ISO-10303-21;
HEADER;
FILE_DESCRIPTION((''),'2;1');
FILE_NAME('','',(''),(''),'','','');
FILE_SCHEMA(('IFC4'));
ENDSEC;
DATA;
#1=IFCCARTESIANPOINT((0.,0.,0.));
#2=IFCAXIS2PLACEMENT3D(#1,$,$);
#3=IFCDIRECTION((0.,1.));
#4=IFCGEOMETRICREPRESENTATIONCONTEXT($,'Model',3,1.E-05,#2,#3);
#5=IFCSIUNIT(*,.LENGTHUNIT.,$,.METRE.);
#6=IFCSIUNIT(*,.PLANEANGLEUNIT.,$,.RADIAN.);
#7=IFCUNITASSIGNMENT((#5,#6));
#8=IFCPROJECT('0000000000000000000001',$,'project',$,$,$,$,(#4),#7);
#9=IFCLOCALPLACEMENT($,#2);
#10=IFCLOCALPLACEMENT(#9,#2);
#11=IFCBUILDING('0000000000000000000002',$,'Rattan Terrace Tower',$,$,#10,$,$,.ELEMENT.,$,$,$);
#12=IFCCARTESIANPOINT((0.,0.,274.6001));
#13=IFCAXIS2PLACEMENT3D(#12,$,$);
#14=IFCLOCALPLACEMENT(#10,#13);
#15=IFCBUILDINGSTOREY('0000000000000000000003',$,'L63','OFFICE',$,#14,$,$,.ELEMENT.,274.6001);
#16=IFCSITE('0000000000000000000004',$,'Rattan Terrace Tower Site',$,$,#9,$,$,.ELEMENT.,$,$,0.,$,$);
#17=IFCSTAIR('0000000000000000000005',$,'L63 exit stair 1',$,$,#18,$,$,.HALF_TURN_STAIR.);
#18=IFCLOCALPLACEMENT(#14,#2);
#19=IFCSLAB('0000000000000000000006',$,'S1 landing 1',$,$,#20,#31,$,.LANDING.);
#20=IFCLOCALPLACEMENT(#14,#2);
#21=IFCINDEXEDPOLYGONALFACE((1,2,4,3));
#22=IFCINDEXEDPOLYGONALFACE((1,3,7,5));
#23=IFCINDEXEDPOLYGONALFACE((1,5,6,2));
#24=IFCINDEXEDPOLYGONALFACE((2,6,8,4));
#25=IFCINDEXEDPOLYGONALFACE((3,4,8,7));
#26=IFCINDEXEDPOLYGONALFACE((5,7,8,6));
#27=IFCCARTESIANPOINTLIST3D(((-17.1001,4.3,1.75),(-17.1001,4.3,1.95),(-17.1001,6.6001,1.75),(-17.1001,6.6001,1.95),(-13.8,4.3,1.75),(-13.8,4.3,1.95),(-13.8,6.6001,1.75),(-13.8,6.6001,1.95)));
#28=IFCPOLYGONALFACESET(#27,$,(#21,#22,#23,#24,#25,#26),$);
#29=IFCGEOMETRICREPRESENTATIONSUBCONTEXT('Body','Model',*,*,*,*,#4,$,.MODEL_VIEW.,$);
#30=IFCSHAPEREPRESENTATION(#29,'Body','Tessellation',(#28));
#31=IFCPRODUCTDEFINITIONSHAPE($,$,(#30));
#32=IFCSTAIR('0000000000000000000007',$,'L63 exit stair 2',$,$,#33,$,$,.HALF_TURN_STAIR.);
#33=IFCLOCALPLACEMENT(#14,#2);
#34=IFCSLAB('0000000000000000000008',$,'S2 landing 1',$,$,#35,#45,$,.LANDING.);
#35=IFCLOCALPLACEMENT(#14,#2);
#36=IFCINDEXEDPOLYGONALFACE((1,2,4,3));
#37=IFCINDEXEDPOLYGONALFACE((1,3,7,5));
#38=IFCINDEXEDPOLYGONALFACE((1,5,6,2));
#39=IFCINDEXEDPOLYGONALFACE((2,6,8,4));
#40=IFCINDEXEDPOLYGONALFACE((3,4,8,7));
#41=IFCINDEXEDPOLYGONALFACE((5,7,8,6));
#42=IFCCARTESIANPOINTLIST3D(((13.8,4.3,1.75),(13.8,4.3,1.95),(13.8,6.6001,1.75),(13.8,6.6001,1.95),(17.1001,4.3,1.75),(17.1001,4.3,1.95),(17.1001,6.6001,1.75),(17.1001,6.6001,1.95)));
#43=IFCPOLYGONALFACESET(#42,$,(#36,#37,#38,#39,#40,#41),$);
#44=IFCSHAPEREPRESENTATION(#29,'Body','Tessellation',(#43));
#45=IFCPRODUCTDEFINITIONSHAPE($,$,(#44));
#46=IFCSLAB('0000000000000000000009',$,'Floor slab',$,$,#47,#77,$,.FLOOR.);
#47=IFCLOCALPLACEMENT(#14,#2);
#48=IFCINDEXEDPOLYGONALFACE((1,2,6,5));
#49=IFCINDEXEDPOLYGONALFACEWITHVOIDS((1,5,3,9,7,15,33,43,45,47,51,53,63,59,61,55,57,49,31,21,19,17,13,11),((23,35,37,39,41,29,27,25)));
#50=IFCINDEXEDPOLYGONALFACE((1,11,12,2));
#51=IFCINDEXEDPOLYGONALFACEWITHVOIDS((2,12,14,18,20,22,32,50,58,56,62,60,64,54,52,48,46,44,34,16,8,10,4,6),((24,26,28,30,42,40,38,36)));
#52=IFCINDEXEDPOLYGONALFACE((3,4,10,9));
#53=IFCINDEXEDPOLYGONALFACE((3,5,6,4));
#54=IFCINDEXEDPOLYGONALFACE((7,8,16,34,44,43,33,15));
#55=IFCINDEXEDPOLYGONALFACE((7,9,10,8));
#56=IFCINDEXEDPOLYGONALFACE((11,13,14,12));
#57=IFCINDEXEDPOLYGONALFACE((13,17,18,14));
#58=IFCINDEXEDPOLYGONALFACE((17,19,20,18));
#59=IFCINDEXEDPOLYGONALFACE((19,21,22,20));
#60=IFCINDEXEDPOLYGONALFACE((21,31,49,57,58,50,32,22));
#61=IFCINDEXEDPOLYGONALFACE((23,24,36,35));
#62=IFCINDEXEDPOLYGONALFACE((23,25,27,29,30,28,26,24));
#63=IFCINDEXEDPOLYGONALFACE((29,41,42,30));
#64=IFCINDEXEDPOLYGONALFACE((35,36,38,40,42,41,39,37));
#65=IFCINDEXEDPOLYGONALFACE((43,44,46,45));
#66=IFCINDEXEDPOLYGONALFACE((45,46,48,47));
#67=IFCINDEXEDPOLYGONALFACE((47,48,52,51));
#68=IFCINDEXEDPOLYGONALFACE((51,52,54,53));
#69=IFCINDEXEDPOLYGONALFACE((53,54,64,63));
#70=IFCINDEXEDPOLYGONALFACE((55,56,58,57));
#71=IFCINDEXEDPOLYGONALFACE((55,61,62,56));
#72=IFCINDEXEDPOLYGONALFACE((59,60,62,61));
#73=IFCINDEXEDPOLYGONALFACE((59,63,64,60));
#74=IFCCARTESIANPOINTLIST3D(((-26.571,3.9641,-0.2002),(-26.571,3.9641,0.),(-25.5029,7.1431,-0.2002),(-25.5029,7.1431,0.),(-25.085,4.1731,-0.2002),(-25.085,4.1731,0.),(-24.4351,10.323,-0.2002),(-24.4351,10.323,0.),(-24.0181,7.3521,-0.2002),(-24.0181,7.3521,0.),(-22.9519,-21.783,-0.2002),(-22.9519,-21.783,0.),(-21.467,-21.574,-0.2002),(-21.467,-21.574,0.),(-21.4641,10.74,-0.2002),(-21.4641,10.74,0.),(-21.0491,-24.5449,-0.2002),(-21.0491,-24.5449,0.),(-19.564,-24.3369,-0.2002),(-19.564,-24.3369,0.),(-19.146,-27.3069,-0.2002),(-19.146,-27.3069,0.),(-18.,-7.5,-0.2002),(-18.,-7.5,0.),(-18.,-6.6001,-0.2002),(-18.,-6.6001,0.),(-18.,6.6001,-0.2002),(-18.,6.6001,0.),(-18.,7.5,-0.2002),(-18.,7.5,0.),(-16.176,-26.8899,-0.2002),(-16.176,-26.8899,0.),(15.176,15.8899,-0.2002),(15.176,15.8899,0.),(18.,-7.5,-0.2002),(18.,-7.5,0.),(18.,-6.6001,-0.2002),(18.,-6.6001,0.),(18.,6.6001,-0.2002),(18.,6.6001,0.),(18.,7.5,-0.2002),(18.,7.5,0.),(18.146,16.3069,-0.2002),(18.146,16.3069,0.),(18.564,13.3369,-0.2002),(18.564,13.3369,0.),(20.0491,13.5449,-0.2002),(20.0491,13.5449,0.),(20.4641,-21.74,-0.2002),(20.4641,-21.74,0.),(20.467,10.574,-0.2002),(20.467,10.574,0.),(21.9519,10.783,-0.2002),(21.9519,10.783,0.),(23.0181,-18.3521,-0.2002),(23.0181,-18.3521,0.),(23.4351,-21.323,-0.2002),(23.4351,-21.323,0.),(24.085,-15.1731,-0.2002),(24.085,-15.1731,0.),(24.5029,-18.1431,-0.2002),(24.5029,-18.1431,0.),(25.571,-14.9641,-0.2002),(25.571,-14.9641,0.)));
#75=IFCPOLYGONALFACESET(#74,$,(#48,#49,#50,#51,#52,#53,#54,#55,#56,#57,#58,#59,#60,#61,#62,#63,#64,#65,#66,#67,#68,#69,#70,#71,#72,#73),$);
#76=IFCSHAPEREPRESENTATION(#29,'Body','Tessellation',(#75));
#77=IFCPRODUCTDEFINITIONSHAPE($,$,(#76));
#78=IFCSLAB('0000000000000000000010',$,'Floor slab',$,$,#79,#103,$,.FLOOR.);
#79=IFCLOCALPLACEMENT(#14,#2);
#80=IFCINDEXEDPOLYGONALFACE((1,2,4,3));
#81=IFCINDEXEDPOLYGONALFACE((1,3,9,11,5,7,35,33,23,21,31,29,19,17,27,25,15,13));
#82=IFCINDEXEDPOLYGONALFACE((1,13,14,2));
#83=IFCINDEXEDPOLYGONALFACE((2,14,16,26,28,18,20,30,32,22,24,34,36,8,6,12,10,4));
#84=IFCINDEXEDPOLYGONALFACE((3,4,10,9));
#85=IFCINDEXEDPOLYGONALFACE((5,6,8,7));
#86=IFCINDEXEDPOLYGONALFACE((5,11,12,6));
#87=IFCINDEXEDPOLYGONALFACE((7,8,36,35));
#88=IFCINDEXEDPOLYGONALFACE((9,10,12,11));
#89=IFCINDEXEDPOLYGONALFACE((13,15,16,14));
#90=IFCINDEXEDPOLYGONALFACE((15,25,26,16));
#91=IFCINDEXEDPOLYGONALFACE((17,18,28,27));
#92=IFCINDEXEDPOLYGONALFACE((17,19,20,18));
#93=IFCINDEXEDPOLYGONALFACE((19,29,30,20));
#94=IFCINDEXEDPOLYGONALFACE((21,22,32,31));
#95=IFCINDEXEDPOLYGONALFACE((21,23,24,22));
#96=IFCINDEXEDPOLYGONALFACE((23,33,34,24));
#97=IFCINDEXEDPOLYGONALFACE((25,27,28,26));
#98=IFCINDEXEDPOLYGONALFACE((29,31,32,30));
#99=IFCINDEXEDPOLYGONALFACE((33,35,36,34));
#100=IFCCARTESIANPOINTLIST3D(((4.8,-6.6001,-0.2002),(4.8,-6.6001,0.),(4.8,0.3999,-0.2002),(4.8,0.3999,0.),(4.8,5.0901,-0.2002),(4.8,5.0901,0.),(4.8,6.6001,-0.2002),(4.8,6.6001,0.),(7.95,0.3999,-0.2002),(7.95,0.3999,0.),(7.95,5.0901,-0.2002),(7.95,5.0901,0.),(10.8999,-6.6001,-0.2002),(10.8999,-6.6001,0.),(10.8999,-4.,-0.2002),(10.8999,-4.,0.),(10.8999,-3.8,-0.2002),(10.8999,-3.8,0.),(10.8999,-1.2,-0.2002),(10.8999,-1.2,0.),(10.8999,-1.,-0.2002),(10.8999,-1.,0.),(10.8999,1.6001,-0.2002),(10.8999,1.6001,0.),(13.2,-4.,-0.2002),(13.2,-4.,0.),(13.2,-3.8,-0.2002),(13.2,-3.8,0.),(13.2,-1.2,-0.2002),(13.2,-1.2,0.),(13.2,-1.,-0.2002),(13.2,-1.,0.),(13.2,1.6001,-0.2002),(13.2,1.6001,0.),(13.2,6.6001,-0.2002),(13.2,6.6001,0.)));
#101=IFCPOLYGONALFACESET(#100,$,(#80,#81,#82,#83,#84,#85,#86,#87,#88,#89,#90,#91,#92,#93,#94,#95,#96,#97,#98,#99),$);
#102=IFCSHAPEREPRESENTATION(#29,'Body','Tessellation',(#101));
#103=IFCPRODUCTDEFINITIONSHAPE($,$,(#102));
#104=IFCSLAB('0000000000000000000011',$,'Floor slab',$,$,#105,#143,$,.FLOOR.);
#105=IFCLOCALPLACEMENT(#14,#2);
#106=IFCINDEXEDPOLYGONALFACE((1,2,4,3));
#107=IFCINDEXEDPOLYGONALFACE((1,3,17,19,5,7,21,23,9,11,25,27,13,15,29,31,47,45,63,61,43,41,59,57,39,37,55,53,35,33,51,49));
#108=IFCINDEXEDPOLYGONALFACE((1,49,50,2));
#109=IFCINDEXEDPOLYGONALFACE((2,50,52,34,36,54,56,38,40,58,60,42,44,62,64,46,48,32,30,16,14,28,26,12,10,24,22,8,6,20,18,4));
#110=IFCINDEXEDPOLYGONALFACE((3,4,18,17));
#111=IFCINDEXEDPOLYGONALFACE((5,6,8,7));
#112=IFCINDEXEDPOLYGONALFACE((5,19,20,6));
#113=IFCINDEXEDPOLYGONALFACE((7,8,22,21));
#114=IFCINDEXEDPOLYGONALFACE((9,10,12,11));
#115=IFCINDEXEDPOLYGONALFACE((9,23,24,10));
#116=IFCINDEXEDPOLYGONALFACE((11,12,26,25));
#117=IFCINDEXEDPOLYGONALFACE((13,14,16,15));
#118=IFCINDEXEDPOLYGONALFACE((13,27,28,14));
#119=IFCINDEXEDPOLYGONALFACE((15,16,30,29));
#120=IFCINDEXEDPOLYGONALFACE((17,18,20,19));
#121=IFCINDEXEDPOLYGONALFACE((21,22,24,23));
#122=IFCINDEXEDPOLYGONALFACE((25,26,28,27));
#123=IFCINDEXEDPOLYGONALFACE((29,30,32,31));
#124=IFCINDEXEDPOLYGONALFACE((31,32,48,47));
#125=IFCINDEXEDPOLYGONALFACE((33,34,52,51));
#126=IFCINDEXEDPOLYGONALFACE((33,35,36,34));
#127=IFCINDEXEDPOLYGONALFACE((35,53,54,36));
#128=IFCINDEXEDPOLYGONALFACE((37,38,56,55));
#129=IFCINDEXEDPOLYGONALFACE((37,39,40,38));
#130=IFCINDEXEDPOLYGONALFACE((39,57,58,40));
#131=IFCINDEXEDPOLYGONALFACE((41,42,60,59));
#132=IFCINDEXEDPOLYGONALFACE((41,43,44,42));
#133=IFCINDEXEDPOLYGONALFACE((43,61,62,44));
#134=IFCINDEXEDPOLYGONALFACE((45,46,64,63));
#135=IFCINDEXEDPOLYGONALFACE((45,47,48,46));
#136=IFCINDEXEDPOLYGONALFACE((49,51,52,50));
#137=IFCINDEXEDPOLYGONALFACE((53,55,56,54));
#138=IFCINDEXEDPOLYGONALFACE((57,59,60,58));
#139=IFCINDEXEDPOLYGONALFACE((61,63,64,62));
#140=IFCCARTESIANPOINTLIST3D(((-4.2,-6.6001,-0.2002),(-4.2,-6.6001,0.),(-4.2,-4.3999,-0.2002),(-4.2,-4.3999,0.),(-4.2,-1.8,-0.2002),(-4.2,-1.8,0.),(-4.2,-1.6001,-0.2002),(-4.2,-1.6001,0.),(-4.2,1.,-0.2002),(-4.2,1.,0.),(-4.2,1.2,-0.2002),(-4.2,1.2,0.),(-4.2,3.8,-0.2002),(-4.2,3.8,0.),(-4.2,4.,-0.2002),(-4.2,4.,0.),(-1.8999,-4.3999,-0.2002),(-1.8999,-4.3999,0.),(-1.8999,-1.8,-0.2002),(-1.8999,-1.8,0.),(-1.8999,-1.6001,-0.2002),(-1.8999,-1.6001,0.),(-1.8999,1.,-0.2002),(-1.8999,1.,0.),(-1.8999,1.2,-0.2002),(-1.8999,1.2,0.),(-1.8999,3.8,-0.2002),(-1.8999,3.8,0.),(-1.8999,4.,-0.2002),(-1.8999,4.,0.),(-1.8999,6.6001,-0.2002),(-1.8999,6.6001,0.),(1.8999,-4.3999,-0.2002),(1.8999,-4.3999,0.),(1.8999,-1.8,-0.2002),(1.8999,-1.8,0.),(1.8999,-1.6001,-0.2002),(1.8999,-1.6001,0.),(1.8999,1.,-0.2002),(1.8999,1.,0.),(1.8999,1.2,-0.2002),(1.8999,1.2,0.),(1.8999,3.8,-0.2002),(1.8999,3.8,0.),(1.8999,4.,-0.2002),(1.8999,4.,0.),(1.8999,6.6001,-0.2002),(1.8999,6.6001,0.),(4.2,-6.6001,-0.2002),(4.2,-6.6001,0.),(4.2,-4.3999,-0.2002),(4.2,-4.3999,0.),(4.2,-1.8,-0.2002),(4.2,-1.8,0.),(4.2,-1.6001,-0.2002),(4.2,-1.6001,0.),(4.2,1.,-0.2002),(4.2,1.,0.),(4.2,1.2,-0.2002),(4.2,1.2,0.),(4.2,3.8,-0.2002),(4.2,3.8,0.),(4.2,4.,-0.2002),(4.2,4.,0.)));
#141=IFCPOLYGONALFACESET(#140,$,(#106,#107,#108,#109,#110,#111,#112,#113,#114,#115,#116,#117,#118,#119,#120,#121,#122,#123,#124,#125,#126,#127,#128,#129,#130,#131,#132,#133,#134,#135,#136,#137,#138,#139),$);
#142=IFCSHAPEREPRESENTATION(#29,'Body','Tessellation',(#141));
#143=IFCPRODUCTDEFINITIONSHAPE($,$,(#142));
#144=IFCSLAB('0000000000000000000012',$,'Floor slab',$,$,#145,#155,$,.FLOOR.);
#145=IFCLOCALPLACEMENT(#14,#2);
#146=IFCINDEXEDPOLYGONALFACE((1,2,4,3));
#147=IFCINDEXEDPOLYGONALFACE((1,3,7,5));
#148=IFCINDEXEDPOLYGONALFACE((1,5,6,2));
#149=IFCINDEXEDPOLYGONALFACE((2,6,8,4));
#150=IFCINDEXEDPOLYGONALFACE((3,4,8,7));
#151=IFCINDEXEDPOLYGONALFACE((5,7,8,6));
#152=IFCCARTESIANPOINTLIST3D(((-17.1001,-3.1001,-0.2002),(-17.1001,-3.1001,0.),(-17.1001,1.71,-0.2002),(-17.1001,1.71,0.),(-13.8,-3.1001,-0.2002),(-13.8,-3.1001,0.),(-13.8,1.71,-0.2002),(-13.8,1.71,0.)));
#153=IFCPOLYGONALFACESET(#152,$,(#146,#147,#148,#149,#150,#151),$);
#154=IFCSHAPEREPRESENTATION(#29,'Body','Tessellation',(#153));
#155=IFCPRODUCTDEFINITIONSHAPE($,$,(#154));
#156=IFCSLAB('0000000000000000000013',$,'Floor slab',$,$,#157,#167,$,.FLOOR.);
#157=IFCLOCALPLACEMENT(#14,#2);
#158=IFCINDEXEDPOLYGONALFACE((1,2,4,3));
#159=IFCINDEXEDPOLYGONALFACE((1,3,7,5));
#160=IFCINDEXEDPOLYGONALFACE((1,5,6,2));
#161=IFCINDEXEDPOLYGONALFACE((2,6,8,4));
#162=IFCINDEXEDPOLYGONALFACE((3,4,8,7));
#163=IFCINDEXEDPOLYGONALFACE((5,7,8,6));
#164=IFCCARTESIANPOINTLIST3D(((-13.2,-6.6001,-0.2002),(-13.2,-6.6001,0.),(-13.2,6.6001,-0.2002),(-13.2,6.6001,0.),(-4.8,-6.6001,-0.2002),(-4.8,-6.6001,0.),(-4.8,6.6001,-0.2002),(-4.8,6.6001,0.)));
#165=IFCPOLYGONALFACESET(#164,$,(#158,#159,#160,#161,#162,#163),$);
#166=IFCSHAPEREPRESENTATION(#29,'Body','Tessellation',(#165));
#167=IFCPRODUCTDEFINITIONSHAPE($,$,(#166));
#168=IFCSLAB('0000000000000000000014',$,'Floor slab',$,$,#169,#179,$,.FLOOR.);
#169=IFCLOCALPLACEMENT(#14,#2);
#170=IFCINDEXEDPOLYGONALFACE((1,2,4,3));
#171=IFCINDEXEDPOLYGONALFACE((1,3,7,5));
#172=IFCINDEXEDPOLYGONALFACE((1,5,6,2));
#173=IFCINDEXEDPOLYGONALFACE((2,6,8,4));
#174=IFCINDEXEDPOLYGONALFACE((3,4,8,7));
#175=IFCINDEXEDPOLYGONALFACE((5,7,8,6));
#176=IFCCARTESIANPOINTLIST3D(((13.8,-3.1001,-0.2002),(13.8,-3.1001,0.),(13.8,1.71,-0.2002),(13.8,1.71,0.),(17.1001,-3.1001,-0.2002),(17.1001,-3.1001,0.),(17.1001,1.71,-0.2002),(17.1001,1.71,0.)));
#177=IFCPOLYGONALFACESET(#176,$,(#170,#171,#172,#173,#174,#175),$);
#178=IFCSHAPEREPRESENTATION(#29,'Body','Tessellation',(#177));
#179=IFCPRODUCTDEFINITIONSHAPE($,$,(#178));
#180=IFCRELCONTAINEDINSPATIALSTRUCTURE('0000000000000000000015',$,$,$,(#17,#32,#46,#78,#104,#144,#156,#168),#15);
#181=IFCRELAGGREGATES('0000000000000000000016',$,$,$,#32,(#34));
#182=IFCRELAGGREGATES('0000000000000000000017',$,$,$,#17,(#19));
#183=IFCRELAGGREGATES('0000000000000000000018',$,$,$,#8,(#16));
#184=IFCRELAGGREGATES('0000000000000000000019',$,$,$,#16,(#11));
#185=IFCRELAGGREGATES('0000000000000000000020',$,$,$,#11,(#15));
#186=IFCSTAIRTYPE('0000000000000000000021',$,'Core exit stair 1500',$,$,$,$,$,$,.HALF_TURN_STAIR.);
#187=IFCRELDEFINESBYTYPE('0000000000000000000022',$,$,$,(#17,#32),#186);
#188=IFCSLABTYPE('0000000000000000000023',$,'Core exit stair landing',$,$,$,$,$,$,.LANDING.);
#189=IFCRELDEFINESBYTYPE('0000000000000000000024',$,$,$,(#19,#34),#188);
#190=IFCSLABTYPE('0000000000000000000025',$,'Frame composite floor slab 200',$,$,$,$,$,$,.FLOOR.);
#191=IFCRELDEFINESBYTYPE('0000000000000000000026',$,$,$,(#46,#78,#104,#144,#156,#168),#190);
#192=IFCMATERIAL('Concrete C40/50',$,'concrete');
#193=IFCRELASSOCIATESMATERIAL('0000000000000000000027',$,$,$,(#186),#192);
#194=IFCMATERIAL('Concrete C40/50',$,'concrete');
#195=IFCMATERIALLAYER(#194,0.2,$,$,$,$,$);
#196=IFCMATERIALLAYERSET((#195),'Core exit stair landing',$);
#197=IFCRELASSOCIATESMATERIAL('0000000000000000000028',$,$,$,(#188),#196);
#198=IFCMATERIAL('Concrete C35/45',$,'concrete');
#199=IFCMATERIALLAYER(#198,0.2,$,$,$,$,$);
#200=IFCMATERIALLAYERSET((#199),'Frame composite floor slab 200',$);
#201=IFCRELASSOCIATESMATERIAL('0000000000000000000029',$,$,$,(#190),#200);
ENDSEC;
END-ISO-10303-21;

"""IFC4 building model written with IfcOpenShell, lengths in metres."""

from ifc_helpers import new_model, si_unit, direction, frame, origin, place, context, subcontext, project, spatial, polyline, outline, extrude, material, layer, layer_set, type_object, element, aggregate, save


model = new_model("IFC4")

# Units and contexts
model_context = context("Model", 3, precision=1e-05, world=origin(), true_north=direction((0.0, 1.0)))
body_context = subcontext(model_context, "Body", "Model", "MODEL_VIEW")
ifc_project = project(units=[si_unit("LENGTHUNIT", "METRE"), si_unit("PLANEANGLEUNIT", "RADIAN")], contexts=[model_context])

# Site, building, storey
site_placement = place(None, origin())
site = spatial("IfcSite", under=ifc_project, at=site_placement, Name="Rattan Terrace Tower Site", CompositionType="ELEMENT", RefElevation=0.0)
building_placement = place(site_placement, origin())
building = spatial("IfcBuilding", under=site, at=building_placement, Name="Rattan Terrace Tower", CompositionType="ELEMENT")
storey_placement = place(building_placement, frame((0.0, 0.0, 274.6001)))
storey = spatial("IfcBuildingStorey", under=building, at=storey_placement, Name="L63", Description="OFFICE", CompositionType="ELEMENT", Elevation=274.6001)

# Stairs, slabs
ifc_material_1 = material(Name="Concrete C40/50", Category="concrete")
stair_type = type_object("IfcStairType", Name="Core exit stair 1500", PredefinedType="HALF_TURN_STAIR", material=ifc_material_1)
stair_1_placement = place(storey_placement, origin())
stair_1 = element("IfcStair", 1, at=stair_1_placement, inside=storey, type_object=stair_type, Name="L63 exit stair 1", PredefinedType="HALF_TURN_STAIR")
ifc_material_2 = material(Name="Concrete C40/50", Category="concrete")
ifc_layer_1 = layer(ifc_material_2, 0.2)
ifc_layer_set_1 = layer_set([ifc_layer_1], Name="Core exit stair landing")
slab_type_1 = type_object("IfcSlabType", Name="Core exit stair landing", PredefinedType="LANDING", material=ifc_layer_set_1)
slab_1_placement = place(storey_placement, frame((0.0, 0.0, 1.75)))
slab_1 = element("IfcSlab", 2, at=slab_1_placement, type_object=slab_type_1, Name="S1 landing 1", PredefinedType="LANDING", context=body_context, shape_type="SweptSolid", body=[
    extrude(outline(polyline([(-13.8, 4.3), (-13.8, 6.6001), (-17.1001, 6.6001), (-17.1001, 4.3), (-13.8, 4.3)])), origin(), (0.0, 0.0, 1.0), 0.2),
])
stair_2_placement = place(storey_placement, origin())
stair_2 = element("IfcStair", 3, at=stair_2_placement, inside=storey, type_object=stair_type, Name="L63 exit stair 2", PredefinedType="HALF_TURN_STAIR")
slab_2_placement = place(storey_placement, frame((0.0, 0.0, 1.75)))
slab_2 = element("IfcSlab", 4, at=slab_2_placement, type_object=slab_type_1, Name="S2 landing 1", PredefinedType="LANDING", context=body_context, shape_type="SweptSolid", body=[
    extrude(outline(polyline([(17.1001, 4.3), (17.1001, 6.6001), (13.8, 6.6001), (13.8, 4.3), (17.1001, 4.3)])), origin(), (0.0, 0.0, 1.0), 0.2),
])
aggregate(stair_2, [slab_2])

# Slabs
ifc_material_3 = material(Name="Concrete C35/45", Category="concrete")
ifc_layer_2 = layer(ifc_material_3, 0.2)
ifc_layer_set_2 = layer_set([ifc_layer_2], Name="Frame composite floor slab 200")
slab_type_2 = type_object("IfcSlabType", Name="Frame composite floor slab 200", PredefinedType="FLOOR", material=ifc_layer_set_2)
slab_3_placement = place(storey_placement, frame((0.0, 0.0, -0.2002)))
element("IfcSlab", 5, at=slab_3_placement, inside=storey, type_object=slab_type_2, Name="Floor slab", PredefinedType="FLOOR", context=body_context, shape_type="SweptSolid", body=[
    extrude(outline(polyline([(-16.176, -26.8899), (20.4641, -21.74), (23.4351, -21.323), (23.0181, -18.3521), (24.5029, -18.1431), (24.085, -15.1731), (25.571, -14.9641), (21.9519, 10.783), (20.467, 10.574), (20.0491, 13.5449), (18.564, 13.3369), (18.146, 16.3069), (15.176, 15.8899), (-21.4641, 10.74), (-24.4351, 10.323), (-24.0181, 7.3521), (-25.5029, 7.1431), (-25.085, 4.1731), (-26.571, 3.9641), (-22.9519, -21.783), (-21.467, -21.574), (-21.0491, -24.5449), (-19.564, -24.3369), (-19.146, -27.3069), (-16.176, -26.8899)]), holes=[polyline([(-18.0, -7.5), (18.0, -7.5), (18.0, -6.6001), (18.0, 6.6001), (18.0, 7.5), (-18.0, 7.5), (-18.0, 6.6001), (-18.0, -6.6001), (-18.0, -7.5)])]), origin(), (0.0, 0.0, 1.0), 0.2002),
])
slab_4_placement = place(storey_placement, frame((0.0, 0.0, -0.2002)))
element("IfcSlab", 6, at=slab_4_placement, inside=storey, type_object=slab_type_2, Name="Floor slab", PredefinedType="FLOOR", context=body_context, shape_type="SweptSolid", body=[
    extrude(outline(polyline([(13.2, 6.6001), (4.8, 6.6001), (4.8, 5.0901), (7.95, 5.0901), (7.95, 0.3999), (4.8, 0.3999), (4.8, -6.6001), (10.8999, -6.6001), (10.8999, -4.0), (13.2, -4.0), (13.2, -3.8), (10.8999, -3.8), (10.8999, -1.2), (13.2, -1.2), (13.2, -1.0), (10.8999, -1.0), (10.8999, 1.6001), (13.2, 1.6001), (13.2, 6.6001)])), origin(), (0.0, 0.0, 1.0), 0.2002),
])
slab_5_placement = place(storey_placement, frame((0.0, 0.0, -0.2002)))
element("IfcSlab", 7, at=slab_5_placement, inside=storey, type_object=slab_type_2, Name="Floor slab", PredefinedType="FLOOR", context=body_context, shape_type="SweptSolid", body=[
    extrude(outline(polyline([(1.8999, 6.6001), (-1.8999, 6.6001), (-1.8999, 4.0), (-4.2, 4.0), (-4.2, 3.8), (-1.8999, 3.8), (-1.8999, 1.2), (-4.2, 1.2), (-4.2, 1.0), (-1.8999, 1.0), (-1.8999, -1.6001), (-4.2, -1.6001), (-4.2, -1.8), (-1.8999, -1.8), (-1.8999, -4.3999), (-4.2, -4.3999), (-4.2, -6.6001), (4.2, -6.6001), (4.2, -4.3999), (1.8999, -4.3999), (1.8999, -1.8), (4.2, -1.8), (4.2, -1.6001), (1.8999, -1.6001), (1.8999, 1.0), (4.2, 1.0), (4.2, 1.2), (1.8999, 1.2), (1.8999, 3.8), (4.2, 3.8), (4.2, 4.0), (1.8999, 4.0), (1.8999, 6.6001)])), origin(), (0.0, 0.0, 1.0), 0.2002),
])
slab_6_placement = place(storey_placement, frame((0.0, 0.0, -0.2002)))
element("IfcSlab", 8, at=slab_6_placement, inside=storey, type_object=slab_type_2, Name="Floor slab", PredefinedType="FLOOR", context=body_context, shape_type="SweptSolid", body=[
    extrude(outline(polyline([(-17.1001, -3.1001), (-13.8, -3.1001), (-13.8, 1.71), (-17.1001, 1.71), (-17.1001, -3.1001)])), origin(), (0.0, 0.0, 1.0), 0.2002),
])
slab_7_placement = place(storey_placement, frame((0.0, 0.0, -0.2002)))
element("IfcSlab", 9, at=slab_7_placement, inside=storey, type_object=slab_type_2, Name="Floor slab", PredefinedType="FLOOR", context=body_context, shape_type="SweptSolid", body=[
    extrude(outline(polyline([(-4.8, -6.6001), (-4.8, 6.6001), (-13.2, 6.6001), (-13.2, -6.6001), (-4.8, -6.6001)])), origin(), (0.0, 0.0, 1.0), 0.2002),
])
slab_8_placement = place(storey_placement, frame((0.0, 0.0, -0.2002)))
element("IfcSlab", 10, at=slab_8_placement, inside=storey, type_object=slab_type_2, Name="Floor slab", PredefinedType="FLOOR", context=body_context, shape_type="SweptSolid", body=[
    extrude(outline(polyline([(13.8, -3.1001), (17.1001, -3.1001), (17.1001, 1.71), (13.8, 1.71), (13.8, -3.1001)])), origin(), (0.0, 0.0, 1.0), 0.2002),
])

aggregate(stair_1, [slab_1])

save(model, "model.ifc")
